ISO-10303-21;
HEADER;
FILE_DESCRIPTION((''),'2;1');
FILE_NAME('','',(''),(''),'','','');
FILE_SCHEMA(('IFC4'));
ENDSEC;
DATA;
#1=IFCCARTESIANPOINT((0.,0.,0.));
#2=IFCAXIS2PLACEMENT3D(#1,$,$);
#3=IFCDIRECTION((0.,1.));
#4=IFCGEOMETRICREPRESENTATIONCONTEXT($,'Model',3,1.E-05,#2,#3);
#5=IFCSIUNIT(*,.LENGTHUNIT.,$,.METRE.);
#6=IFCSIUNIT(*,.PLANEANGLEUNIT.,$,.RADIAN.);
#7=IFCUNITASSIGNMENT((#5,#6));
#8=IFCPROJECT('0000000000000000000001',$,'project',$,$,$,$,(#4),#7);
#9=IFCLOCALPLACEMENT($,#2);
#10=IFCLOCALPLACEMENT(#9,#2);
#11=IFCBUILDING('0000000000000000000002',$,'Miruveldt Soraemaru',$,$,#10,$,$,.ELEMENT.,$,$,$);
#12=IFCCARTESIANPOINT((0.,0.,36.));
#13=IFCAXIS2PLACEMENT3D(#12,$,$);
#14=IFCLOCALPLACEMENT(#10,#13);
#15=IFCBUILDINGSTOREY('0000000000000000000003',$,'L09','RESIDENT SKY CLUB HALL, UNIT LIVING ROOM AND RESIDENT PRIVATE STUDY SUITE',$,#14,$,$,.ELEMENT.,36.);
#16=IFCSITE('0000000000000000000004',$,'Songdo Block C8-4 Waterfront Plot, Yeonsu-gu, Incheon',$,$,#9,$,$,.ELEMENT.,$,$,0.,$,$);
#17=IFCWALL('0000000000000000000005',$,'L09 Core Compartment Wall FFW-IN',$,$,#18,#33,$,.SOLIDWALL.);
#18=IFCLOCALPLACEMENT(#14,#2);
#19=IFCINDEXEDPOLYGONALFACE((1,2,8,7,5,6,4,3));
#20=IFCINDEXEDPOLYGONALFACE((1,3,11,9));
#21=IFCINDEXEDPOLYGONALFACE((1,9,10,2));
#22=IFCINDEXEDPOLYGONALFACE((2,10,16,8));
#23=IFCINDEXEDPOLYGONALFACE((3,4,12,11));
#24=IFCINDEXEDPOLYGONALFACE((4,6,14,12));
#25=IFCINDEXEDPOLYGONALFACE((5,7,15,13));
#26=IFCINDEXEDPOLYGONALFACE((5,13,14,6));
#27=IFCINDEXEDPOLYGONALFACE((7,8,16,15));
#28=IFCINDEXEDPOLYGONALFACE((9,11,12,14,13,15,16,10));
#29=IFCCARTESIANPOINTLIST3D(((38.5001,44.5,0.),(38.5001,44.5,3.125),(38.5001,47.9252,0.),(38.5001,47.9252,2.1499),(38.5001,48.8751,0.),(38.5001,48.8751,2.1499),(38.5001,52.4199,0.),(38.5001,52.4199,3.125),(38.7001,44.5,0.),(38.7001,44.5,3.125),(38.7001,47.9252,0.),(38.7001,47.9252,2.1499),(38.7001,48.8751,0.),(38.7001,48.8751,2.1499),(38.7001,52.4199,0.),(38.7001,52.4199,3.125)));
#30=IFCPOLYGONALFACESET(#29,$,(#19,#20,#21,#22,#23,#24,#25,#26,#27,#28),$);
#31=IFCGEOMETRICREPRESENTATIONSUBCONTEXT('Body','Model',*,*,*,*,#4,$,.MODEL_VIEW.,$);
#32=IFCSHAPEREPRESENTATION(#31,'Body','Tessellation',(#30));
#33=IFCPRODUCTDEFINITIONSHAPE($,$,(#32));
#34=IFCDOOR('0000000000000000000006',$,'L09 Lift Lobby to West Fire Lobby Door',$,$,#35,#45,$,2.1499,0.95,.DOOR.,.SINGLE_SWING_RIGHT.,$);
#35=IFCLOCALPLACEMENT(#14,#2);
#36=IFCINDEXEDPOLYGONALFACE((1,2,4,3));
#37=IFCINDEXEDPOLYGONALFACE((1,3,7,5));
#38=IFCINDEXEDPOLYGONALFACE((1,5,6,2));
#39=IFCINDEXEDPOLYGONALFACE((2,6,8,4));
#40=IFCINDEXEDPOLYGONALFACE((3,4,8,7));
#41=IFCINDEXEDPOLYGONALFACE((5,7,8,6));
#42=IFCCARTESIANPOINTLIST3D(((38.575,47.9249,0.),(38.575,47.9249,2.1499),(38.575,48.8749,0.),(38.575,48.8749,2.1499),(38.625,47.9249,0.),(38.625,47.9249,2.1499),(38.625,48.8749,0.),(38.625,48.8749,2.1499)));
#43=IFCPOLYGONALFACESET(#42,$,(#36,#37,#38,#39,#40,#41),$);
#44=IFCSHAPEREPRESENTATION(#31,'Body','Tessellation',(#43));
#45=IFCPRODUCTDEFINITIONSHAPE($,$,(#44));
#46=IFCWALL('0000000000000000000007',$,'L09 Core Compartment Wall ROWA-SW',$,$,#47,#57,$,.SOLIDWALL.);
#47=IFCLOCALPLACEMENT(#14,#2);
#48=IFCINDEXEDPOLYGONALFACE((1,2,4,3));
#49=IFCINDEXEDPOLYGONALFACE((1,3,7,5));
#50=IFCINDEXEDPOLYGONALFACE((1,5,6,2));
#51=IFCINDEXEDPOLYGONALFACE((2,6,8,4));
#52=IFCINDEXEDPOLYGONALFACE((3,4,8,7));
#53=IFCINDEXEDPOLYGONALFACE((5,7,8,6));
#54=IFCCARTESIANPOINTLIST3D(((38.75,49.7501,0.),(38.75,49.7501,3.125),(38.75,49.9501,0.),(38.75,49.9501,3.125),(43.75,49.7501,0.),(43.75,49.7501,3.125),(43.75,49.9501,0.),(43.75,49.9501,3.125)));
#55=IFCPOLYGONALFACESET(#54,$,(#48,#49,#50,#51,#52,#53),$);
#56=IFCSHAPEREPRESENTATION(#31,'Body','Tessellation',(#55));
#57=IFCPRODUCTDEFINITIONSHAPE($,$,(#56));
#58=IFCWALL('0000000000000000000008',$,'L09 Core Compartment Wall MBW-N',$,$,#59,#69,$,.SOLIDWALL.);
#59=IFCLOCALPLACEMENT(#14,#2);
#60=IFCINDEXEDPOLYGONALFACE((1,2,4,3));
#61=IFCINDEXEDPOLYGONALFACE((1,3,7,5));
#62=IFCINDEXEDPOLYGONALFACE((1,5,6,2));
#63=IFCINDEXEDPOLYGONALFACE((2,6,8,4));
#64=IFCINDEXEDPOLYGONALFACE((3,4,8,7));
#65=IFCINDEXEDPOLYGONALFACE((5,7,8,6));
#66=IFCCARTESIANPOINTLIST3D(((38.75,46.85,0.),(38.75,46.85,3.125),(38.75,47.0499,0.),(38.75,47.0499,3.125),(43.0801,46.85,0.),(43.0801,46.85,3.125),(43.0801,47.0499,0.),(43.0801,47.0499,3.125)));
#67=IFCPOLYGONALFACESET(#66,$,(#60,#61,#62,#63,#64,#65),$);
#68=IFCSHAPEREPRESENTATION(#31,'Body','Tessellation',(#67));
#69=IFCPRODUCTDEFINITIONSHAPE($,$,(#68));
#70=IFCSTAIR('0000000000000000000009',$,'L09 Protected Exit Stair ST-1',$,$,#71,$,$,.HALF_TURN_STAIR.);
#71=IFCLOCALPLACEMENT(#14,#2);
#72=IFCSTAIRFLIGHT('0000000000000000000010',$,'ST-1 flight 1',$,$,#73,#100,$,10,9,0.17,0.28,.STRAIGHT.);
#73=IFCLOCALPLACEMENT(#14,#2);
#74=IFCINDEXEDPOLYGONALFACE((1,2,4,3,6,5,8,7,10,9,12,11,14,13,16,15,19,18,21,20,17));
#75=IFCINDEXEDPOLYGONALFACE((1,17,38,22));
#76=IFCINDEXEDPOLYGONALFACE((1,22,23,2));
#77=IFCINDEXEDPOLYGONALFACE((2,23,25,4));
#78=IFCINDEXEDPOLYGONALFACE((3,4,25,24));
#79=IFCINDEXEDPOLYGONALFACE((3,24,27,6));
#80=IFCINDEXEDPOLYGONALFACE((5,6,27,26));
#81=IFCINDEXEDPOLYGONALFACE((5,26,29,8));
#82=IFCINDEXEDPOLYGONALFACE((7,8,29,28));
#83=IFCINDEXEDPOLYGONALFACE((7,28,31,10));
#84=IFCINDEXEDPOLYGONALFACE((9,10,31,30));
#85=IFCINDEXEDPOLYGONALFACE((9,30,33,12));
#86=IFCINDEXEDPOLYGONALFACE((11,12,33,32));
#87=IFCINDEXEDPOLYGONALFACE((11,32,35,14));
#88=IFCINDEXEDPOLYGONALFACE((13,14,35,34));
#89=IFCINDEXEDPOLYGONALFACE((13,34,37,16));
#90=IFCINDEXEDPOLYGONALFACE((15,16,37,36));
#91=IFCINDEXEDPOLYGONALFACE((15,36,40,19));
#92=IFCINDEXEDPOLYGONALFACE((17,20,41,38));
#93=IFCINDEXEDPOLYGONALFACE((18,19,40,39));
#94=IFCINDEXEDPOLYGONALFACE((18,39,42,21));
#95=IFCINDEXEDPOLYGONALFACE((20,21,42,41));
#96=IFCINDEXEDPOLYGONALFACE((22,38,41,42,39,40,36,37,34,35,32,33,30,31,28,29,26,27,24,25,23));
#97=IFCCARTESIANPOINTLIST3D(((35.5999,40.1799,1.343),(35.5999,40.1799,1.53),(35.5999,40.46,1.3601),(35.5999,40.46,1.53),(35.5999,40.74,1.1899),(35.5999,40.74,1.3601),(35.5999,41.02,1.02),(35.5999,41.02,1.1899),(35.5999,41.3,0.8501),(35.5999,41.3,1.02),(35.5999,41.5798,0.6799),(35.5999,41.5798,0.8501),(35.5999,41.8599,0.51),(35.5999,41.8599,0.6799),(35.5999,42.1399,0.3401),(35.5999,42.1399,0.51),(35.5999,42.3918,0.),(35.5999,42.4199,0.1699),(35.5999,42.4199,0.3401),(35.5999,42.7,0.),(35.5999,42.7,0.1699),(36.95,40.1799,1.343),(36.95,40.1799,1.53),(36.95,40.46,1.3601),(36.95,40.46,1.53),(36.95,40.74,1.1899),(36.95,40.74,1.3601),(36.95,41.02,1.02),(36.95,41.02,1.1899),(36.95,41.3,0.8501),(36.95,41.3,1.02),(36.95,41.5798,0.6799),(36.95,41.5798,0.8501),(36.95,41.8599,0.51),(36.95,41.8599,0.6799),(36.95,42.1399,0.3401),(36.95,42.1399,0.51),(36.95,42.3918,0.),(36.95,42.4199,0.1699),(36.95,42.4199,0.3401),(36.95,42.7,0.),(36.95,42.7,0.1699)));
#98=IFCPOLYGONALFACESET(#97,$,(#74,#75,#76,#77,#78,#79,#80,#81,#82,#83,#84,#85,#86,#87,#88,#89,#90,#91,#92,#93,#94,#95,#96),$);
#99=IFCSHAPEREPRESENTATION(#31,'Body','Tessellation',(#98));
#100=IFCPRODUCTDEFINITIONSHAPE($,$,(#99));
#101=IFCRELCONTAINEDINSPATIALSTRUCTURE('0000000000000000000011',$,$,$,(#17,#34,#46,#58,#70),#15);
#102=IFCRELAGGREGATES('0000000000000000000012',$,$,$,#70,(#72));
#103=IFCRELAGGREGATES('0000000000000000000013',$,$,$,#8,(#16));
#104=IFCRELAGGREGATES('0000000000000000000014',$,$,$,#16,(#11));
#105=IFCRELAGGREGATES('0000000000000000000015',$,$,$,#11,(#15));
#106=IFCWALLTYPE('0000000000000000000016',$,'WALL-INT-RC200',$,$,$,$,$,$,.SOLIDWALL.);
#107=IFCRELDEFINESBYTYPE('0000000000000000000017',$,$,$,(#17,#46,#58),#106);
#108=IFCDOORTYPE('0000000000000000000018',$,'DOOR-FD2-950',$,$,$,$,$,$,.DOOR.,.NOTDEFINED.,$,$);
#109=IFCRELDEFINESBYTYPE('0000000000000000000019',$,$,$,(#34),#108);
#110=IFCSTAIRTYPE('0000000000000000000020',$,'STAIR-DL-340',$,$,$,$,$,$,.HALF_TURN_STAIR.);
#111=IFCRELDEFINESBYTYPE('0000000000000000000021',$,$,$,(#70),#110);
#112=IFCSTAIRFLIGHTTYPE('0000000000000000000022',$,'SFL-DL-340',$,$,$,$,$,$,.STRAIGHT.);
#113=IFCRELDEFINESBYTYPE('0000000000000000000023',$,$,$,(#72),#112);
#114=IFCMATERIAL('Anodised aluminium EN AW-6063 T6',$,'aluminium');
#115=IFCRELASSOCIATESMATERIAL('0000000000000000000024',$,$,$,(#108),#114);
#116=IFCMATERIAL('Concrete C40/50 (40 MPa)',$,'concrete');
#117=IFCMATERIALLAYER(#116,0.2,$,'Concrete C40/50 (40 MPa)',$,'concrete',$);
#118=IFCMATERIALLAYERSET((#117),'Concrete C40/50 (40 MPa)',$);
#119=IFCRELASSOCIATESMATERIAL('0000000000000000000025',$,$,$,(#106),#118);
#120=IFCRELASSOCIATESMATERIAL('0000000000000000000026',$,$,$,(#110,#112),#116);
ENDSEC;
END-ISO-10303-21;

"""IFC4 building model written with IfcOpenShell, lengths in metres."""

from ifc_helpers import new_model, si_unit, direction, frame, frame_2d, origin, place, context, subcontext, project, spatial, polyline, rectangle, outline, extrude, material, layer, layer_set, type_object, element, fill, aggregate, save


model = new_model("IFC4")

# Units and contexts
model_context = context("Model", 3, precision=1e-05, world=origin(), true_north=direction((0.0, 1.0)))
body_context = subcontext(model_context, "Body", "Model", "MODEL_VIEW")
ifc_project = project(units=[si_unit("LENGTHUNIT", "METRE"), si_unit("PLANEANGLEUNIT", "RADIAN")], contexts=[model_context])

# Site, building, storey
site_placement = place(None, origin())
site = spatial("IfcSite", under=ifc_project, at=site_placement, Name="Songdo Block C8-4 Waterfront Plot, Yeonsu-gu, Incheon", CompositionType="ELEMENT", RefElevation=0.0)
building_placement = place(site_placement, origin())
building = spatial("IfcBuilding", under=site, at=building_placement, Name="Miruveldt Soraemaru", CompositionType="ELEMENT")
storey_placement = place(building_placement, frame((0.0, 0.0, 36.0)))
storey = spatial("IfcBuildingStorey", under=building, at=storey_placement, Name="L09", Description="RESIDENT SKY CLUB HALL, UNIT LIVING ROOM AND RESIDENT PRIVATE STUDY SUITE", CompositionType="ELEMENT", Elevation=36.0)

# Shared definitions
ifc_material_1 = material(Name="Anodised aluminium EN AW-6063 T6", Category="aluminium")
ifc_material_2 = material(Name="Concrete C40/50 (40 MPa)", Category="concrete")
door_type_1 = type_object("IfcDoorType", Name="DOOR-FD2-950", OperationType="NOTDEFINED", PredefinedType="DOOR", material=ifc_material_1)

# Wall, opening, door
ifc_layer_1 = layer(ifc_material_2, 0.2, Name="Concrete C40/50 (40 MPa)", Category="concrete")
ifc_layer_set_1 = layer_set([ifc_layer_1], Name="Concrete C40/50 (40 MPa)")
wall_type_1 = type_object("IfcWallType", Name="WALL-INT-RC200", PredefinedType="SOLIDWALL", material=ifc_layer_set_1)
wall_1_placement = place(storey_placement, frame((38.6001, 44.5, 0.0), z_axis=(0.0, 0.0, 1.0), x_axis=(0.0, 1.0, 0.0)))
wall_1 = element("IfcWall", 1, at=wall_1_placement, inside=storey, type_object=wall_type_1, Name="L09 Core Compartment Wall FFW-IN", PredefinedType="SOLIDWALL", context=body_context, shape_type="SweptSolid", body=[
    extrude(rectangle(XDim=7.9199, YDim=0.2, at=frame_2d((3.96, 0.0))), origin(), (0.0, 0.0, 1.0), 3.125),
])
opening_1_placement = place(wall_1_placement, frame((3.425, 0.0, 0.0)))
opening_1 = element("IfcOpeningElement", 2, at=opening_1_placement, cuts=wall_1, PredefinedType="OPENING", context=body_context, shape_type="SweptSolid", body=[
    extrude(rectangle(XDim=0.95, YDim=2.1499, at=frame_2d((0.4751, 1.075))), frame((0.0, 0.1099, 0.0), z_axis=(0.0, -1.0, 0.0), x_axis=(1.0, 0.0, 0.0)), (0.0, 0.0, 1.0), 0.22),
])
door_1_placement = place(opening_1_placement, frame((0.95, 0.0, 0.0), z_axis=(0.0, 0.0, 1.0), x_axis=(-1.0, 0.0, 0.0)))
door_1 = element("IfcDoor", 3, at=door_1_placement, inside=storey, type_object=door_type_1, Name="L09 Lift Lobby to West Fire Lobby Door", OperationType="SINGLE_SWING_RIGHT", OverallHeight=2.1499, OverallWidth=0.95, PredefinedType="DOOR", context=body_context, shape_type="SweptSolid", body=[
    extrude(rectangle(XDim=0.95, YDim=2.1499, at=frame_2d((0.4751, 1.075))), frame((0.0, 0.0249, 0.0), z_axis=(0.0, -1.0, 0.0), x_axis=(1.0, 0.0, 0.0)), (0.0, 0.0, 1.0), 0.05),
])
fill(opening_1, door_1)

# Walls
wall_2_placement = place(storey_placement, frame((38.75, 49.8501, 0.0), z_axis=(0.0, 0.0, 1.0), x_axis=(1.0, 0.0, 0.0)))
element("IfcWall", 4, at=wall_2_placement, inside=storey, type_object=wall_type_1, Name="L09 Core Compartment Wall ROWA-SW", PredefinedType="SOLIDWALL", context=body_context, shape_type="SweptSolid", body=[
    extrude(rectangle(XDim=5.0, YDim=0.2, at=frame_2d((2.5, 0.0))), origin(), (0.0, 0.0, 1.0), 3.125),
])
wall_3_placement = place(storey_placement, frame((38.75, 46.95, 0.0), z_axis=(0.0, 0.0, 1.0), x_axis=(1.0, 0.0, 0.0)))
element("IfcWall", 5, at=wall_3_placement, inside=storey, type_object=wall_type_1, Name="L09 Core Compartment Wall MBW-N", PredefinedType="SOLIDWALL", context=body_context, shape_type="SweptSolid", body=[
    extrude(rectangle(XDim=4.3301, YDim=0.2, at=frame_2d((2.165, 0.0))), origin(), (0.0, 0.0, 1.0), 3.125),
])

# Stair, stair flight
stair_type = type_object("IfcStairType", Name="STAIR-DL-340", PredefinedType="HALF_TURN_STAIR", material=ifc_material_2)
stair_placement = place(storey_placement, origin())
stair = element("IfcStair", 6, at=stair_placement, inside=storey, type_object=stair_type, Name="L09 Protected Exit Stair ST-1", PredefinedType="HALF_TURN_STAIR")
stair_flight_type = type_object("IfcStairFlightType", Name="SFL-DL-340", PredefinedType="STRAIGHT", material=ifc_material_2)
stair_flight_placement = place(storey_placement, frame((36.2749, 42.7, 0.0), z_axis=(0.0, 0.0, 1.0), x_axis=(0.0, -1.0, 0.0)))
stair_flight = element("IfcStairFlight", 7, at=stair_flight_placement, type_object=stair_flight_type, Name="ST-1 flight 1", NumberOfRisers=10, NumberOfTreads=9, PredefinedType="STRAIGHT", RiserHeight=0.17, TreadLength=0.28, context=body_context, shape_type="SweptSolid", body=[
    extrude(outline(polyline([(0.0, 0.0), (0.0, 0.1699), (0.28, 0.1699), (0.28, 0.3401), (0.5601, 0.3401), (0.5601, 0.51), (0.8401, 0.51), (0.8401, 0.6799), (1.1201, 0.6799), (1.1201, 0.8501), (1.3999, 0.8501), (1.3999, 1.02), (1.6799, 1.02), (1.6799, 1.1899), (1.96, 1.1899), (1.96, 1.3601), (2.24, 1.3601), (2.24, 1.53), (2.52, 1.53), (2.52, 1.7), (2.52, 1.343), (0.3081, 0.0), (0.0, 0.0)])), frame((0.0, 0.675, 0.0), z_axis=(0.0, -1.0, 0.0), x_axis=(1.0, 0.0, 0.0)), (0.0, 0.0, 1.0), 1.3501),
])
aggregate(stair, [stair_flight])

save(model, "model.ifc")
